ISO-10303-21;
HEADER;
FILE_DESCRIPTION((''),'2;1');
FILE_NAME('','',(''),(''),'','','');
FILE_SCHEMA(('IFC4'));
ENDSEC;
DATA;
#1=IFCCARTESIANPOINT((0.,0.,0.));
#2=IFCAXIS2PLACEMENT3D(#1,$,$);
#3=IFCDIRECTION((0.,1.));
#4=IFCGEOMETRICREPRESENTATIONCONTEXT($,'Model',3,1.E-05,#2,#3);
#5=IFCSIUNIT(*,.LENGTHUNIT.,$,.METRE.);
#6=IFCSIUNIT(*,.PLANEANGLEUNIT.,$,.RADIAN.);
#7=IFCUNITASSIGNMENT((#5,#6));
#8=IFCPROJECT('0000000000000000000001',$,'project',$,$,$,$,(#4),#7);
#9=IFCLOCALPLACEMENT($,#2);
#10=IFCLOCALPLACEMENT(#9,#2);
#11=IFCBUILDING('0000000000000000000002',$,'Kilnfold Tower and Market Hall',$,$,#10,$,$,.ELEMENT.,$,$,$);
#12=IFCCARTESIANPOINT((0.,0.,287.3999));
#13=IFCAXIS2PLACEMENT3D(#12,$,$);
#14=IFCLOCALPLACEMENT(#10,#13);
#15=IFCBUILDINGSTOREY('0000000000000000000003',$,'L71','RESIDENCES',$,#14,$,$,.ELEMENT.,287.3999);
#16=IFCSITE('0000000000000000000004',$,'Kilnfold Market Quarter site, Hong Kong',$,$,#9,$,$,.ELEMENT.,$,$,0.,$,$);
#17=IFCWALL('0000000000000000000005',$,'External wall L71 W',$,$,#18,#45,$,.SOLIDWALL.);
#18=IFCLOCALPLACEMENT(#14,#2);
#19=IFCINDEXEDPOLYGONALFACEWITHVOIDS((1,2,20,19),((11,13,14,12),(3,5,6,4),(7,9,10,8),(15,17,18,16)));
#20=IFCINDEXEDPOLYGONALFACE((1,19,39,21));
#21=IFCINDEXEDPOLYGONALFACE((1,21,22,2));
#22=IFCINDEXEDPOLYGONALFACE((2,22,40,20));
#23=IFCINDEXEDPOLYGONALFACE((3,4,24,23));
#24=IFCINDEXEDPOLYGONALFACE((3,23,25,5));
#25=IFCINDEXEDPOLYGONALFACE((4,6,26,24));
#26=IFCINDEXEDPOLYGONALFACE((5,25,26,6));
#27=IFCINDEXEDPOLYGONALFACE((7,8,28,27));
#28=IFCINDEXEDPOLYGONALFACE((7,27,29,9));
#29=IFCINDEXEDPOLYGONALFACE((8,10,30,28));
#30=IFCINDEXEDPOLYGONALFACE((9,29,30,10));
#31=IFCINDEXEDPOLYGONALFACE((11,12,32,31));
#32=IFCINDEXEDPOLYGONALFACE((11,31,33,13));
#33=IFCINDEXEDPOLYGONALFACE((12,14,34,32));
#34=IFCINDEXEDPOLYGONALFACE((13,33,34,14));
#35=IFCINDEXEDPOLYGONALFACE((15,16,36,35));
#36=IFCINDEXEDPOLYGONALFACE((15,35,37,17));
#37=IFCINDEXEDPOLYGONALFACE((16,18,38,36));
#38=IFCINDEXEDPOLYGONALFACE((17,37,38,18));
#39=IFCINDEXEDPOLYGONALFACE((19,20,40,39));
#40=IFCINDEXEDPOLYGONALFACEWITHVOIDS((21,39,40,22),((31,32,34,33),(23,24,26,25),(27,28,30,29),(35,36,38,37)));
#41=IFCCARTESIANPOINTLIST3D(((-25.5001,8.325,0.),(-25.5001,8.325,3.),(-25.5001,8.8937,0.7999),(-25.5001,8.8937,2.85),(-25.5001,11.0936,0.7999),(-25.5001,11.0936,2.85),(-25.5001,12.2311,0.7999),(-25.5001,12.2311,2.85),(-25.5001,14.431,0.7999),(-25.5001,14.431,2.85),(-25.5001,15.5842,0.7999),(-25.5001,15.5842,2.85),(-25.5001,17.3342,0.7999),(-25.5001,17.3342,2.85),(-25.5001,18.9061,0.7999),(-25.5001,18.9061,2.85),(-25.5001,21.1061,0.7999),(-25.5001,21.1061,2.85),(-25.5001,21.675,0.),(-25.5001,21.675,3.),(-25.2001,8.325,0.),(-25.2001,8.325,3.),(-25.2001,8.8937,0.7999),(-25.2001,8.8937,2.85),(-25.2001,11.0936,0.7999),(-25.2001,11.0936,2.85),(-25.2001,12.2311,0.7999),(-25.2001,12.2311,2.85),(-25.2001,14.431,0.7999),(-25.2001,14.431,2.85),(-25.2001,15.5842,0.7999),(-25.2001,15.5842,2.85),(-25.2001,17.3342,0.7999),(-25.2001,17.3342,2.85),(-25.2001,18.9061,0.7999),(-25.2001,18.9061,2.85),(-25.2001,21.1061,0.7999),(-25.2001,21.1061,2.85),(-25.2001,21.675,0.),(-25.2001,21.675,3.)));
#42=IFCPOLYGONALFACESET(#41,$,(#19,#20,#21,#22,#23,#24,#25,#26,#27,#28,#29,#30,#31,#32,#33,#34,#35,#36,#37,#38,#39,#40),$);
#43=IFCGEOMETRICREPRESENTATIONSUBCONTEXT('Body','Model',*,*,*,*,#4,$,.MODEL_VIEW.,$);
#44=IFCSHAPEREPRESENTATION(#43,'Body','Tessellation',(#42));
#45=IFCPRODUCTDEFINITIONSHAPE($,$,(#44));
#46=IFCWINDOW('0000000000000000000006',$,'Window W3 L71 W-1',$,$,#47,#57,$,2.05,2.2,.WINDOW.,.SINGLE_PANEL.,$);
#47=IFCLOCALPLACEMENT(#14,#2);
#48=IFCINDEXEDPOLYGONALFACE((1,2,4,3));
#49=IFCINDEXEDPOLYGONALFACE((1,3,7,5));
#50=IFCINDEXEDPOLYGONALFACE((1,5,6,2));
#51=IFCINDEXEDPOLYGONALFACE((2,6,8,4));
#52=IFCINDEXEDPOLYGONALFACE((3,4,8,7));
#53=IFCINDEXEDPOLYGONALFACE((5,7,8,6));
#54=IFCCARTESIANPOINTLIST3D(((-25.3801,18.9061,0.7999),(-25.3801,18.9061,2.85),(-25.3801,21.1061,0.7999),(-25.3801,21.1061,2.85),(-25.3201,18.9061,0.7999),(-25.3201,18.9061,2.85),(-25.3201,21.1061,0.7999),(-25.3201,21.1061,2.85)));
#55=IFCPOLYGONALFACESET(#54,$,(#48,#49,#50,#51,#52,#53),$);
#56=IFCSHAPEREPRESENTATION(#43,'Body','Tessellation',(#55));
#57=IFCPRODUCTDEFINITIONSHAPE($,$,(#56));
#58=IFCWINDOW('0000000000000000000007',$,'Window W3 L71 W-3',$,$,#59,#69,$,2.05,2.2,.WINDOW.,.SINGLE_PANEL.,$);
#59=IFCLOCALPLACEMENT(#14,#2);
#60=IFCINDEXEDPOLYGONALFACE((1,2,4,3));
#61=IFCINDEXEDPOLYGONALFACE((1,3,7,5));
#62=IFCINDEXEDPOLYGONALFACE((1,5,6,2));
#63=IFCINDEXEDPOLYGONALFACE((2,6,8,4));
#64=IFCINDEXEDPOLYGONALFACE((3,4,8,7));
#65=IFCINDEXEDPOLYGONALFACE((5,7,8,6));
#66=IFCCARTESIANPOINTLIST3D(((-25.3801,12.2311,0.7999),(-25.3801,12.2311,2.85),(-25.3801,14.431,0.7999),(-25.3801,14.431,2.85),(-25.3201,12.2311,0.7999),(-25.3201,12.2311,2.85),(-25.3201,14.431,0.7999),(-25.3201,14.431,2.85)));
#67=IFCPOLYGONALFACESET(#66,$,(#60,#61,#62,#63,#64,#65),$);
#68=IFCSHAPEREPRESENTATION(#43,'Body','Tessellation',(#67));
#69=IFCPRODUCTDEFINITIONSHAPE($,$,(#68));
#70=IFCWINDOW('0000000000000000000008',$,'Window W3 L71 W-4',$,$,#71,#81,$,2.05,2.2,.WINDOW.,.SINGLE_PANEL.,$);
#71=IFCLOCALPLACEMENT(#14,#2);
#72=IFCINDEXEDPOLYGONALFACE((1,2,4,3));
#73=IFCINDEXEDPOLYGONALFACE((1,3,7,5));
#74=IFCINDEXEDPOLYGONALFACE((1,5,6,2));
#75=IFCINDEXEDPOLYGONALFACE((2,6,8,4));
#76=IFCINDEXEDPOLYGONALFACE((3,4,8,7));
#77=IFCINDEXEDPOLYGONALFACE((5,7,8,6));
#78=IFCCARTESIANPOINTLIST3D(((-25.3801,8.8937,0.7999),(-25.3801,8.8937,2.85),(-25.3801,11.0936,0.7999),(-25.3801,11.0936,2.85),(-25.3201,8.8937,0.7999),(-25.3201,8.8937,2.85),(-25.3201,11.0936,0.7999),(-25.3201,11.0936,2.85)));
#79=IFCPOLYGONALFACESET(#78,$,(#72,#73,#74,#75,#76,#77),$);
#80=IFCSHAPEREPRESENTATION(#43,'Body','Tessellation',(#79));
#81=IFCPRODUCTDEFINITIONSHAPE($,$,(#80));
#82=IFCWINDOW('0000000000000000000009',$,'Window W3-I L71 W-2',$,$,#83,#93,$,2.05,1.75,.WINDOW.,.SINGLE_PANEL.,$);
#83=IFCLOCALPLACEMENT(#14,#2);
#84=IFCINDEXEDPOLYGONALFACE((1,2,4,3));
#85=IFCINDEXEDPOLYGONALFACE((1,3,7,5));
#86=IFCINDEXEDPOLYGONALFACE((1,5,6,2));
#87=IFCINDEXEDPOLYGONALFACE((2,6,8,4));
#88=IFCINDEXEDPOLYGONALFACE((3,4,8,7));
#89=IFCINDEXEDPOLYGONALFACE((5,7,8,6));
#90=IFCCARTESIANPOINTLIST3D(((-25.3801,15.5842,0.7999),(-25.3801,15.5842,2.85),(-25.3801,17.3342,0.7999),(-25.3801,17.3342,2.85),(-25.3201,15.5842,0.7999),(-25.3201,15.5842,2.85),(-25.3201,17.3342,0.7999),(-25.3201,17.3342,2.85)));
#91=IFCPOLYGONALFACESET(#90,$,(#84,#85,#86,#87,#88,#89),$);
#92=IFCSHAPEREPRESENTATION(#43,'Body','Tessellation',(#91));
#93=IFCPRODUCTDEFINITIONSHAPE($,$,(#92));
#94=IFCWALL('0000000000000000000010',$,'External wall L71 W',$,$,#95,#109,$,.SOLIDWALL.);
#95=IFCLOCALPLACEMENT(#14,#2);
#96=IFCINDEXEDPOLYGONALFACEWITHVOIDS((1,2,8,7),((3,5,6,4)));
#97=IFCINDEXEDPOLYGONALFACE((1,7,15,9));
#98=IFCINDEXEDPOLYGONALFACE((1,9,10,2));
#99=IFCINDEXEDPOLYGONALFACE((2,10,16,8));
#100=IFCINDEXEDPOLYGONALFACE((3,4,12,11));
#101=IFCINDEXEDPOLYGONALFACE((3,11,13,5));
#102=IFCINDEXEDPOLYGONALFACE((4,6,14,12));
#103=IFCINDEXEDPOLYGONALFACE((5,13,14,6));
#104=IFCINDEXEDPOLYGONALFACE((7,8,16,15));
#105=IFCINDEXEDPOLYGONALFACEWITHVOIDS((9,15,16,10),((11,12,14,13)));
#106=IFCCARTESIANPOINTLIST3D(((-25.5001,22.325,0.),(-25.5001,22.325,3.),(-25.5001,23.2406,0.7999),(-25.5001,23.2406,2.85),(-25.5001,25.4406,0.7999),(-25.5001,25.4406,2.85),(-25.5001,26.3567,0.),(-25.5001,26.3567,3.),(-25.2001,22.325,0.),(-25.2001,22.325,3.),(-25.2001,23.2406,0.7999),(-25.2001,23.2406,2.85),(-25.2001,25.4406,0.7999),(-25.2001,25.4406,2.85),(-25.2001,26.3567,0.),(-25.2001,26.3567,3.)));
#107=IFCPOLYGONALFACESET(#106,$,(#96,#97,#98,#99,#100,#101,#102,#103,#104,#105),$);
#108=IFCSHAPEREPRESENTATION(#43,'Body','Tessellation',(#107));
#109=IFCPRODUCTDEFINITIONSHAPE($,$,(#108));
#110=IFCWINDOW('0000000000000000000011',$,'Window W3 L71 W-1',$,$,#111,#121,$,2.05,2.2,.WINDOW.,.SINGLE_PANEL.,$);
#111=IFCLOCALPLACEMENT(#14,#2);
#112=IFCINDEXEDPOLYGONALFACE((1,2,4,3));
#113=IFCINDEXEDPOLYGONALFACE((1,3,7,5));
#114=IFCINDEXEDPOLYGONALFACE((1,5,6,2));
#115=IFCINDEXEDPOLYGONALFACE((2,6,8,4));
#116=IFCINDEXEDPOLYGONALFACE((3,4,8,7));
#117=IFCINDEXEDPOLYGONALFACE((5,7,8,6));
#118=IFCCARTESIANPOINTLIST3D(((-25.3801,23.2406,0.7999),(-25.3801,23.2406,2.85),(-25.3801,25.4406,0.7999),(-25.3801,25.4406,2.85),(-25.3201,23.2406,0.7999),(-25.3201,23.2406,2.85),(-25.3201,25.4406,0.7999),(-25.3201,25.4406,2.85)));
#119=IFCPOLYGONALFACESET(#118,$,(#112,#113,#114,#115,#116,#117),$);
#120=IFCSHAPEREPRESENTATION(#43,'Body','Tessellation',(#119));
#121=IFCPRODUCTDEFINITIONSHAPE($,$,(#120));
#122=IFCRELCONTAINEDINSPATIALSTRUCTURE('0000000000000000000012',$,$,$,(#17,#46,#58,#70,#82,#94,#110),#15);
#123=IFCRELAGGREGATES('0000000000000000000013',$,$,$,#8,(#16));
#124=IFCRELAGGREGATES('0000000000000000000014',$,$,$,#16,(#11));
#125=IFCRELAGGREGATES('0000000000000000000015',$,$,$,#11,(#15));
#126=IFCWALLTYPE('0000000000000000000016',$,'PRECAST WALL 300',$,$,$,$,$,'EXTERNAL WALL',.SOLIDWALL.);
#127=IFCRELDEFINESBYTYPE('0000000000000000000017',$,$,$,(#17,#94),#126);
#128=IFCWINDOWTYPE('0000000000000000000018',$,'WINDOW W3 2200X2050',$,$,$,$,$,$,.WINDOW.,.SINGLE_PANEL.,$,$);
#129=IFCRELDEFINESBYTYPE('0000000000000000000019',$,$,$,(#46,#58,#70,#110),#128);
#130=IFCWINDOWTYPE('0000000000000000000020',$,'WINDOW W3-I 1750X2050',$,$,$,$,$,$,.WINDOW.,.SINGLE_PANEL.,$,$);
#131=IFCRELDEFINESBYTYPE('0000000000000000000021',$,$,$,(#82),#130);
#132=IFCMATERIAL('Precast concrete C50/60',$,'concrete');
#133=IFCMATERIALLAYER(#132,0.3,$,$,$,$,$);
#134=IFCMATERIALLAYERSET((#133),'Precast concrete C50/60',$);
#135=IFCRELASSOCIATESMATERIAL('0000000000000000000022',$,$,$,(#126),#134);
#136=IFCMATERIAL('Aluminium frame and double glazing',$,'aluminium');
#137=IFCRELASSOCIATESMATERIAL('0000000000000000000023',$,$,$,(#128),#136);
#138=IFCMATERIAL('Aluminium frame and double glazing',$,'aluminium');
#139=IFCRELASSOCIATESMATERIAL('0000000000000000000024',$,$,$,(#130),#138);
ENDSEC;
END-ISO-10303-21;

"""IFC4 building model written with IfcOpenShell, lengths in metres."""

from ifc_helpers import new_model, si_unit, direction, frame, frame_2d, origin, place, context, subcontext, project, spatial, rectangle, extrude, source, transform, mapped, material, layer, layer_set, type_object, element, fill, save


model = new_model("IFC4")

# Units and contexts
model_context = context("Model", 3, precision=1e-05, world=origin(), true_north=direction((0.0, 1.0)))
body_context = subcontext(model_context, "Body", "Model", "MODEL_VIEW")
ifc_project = project(units=[si_unit("LENGTHUNIT", "METRE"), si_unit("PLANEANGLEUNIT", "RADIAN")], contexts=[model_context])

# Site, building, storey
site_placement = place(None, origin())
site = spatial("IfcSite", under=ifc_project, at=site_placement, Name="Kilnfold Market Quarter site, Hong Kong", CompositionType="ELEMENT", RefElevation=0.0)
building_placement = place(site_placement, origin())
building = spatial("IfcBuilding", under=site, at=building_placement, Name="Kilnfold Tower and Market Hall", CompositionType="ELEMENT")
storey_placement = place(building_placement, frame((0.0, 0.0, 287.3999)))
storey = spatial("IfcBuildingStorey", under=building, at=storey_placement, Name="L71", Description="RESIDENCES", CompositionType="ELEMENT", Elevation=287.3999)

# Shared definitions
ifc_material_1 = material(Name="Precast concrete C50/60", Category="concrete")
ifc_layer_1 = layer(ifc_material_1, 0.3)
ifc_layer_set_1 = layer_set([ifc_layer_1], Name="Precast concrete C50/60")
wall_type_1 = type_object("IfcWallType", Name="PRECAST WALL 300", ElementType="EXTERNAL WALL", PredefinedType="SOLIDWALL", material=ifc_layer_set_1)
ifc_material_2 = material(Name="Aluminium frame and double glazing", Category="aluminium")
window_type_1 = type_object("IfcWindowType", Name="WINDOW W3 2200X2050", PartitioningType="SINGLE_PANEL", PredefinedType="WINDOW", material=ifc_material_2)

# Wall, openings, windows
shared_shape_1 = source(origin(), body_context, "Body", "SweptSolid", [
    extrude(rectangle(XDim=13.3501, YDim=0.3, at=frame_2d((6.675, 0.0))), origin(), (0.0, 0.0, 1.0), 3.0),
])
wall_1_placement = place(storey_placement, frame((-25.3501, 21.675, 0.0), z_axis=(0.0, 0.0, 1.0), x_axis=(0.0, -1.0, 0.0)))
wall_1 = element("IfcWall", 1, at=wall_1_placement, inside=storey, type_object=wall_type_1, Name="External wall L71 W", PredefinedType="SOLIDWALL", context=body_context, shape_type="MappedRepresentation", body=[
    mapped(shared_shape_1, transform((0.0, 0.0, 0.0))),
])
opening_1_placement = place(wall_1_placement, frame((0.5688, 0.0, 0.8)))
opening_1 = element("IfcOpeningElement", 2, at=opening_1_placement, cuts=wall_1, PredefinedType="OPENING", context=body_context, shape_type="SweptSolid", body=[
    extrude(rectangle(XDim=2.2, YDim=2.05, at=frame_2d((1.1001, 1.0249))), frame((0.0, 0.1602, 0.0), z_axis=(0.0, -1.0, 0.0), x_axis=(1.0, 0.0, 0.0)), (0.0, 0.0, 1.0), 0.3201),
])
opening_2_placement = place(wall_1_placement, frame((4.3408, 0.0, 0.8)))
opening_2 = element("IfcOpeningElement", 3, at=opening_2_placement, cuts=wall_1, PredefinedType="OPENING", context=body_context, shape_type="SweptSolid", body=[
    extrude(rectangle(XDim=1.75, YDim=2.05, at=frame_2d((0.875, 1.0249))), frame((0.0, 0.1602, 0.0), z_axis=(0.0, -1.0, 0.0), x_axis=(1.0, 0.0, 0.0)), (0.0, 0.0, 1.0), 0.3201),
])
opening_3_placement = place(wall_1_placement, frame((7.2439, 0.0, 0.8)))
opening_3 = element("IfcOpeningElement", 4, at=opening_3_placement, cuts=wall_1, PredefinedType="OPENING", context=body_context, shape_type="SweptSolid", body=[
    extrude(rectangle(XDim=2.2, YDim=2.05, at=frame_2d((1.1001, 1.0249))), frame((0.0, 0.1602, 0.0), z_axis=(0.0, -1.0, 0.0), x_axis=(1.0, 0.0, 0.0)), (0.0, 0.0, 1.0), 0.3201),
])
opening_4_placement = place(wall_1_placement, frame((10.5813, 0.0, 0.8)))
opening_4 = element("IfcOpeningElement", 5, at=opening_4_placement, cuts=wall_1, PredefinedType="OPENING", context=body_context, shape_type="SweptSolid", body=[
    extrude(rectangle(XDim=2.2, YDim=2.05, at=frame_2d((1.1001, 1.0249))), frame((0.0, 0.1602, 0.0), z_axis=(0.0, -1.0, 0.0), x_axis=(1.0, 0.0, 0.0)), (0.0, 0.0, 1.0), 0.3201),
])
window_1_placement = place(opening_1_placement, origin())
window_1 = element("IfcWindow", 6, at=window_1_placement, inside=storey, type_object=window_type_1, Name="Window W3 L71 W-1", OverallHeight=2.05, OverallWidth=2.2, PartitioningType="SINGLE_PANEL", PredefinedType="WINDOW", context=body_context, shape_type="SweptSolid", body=[
    extrude(rectangle(XDim=2.2, YDim=2.05, at=frame_2d((1.1001, 1.0249))), frame((0.0, 0.03, 0.0), z_axis=(0.0, -1.0, 0.0), x_axis=(1.0, 0.0, 0.0)), (0.0, 0.0, 1.0), 0.0601),
])
fill(opening_1, window_1)
window_2_placement = place(opening_3_placement, origin())
window_2 = element("IfcWindow", 7, at=window_2_placement, inside=storey, type_object=window_type_1, Name="Window W3 L71 W-3", OverallHeight=2.05, OverallWidth=2.2, PartitioningType="SINGLE_PANEL", PredefinedType="WINDOW", context=body_context, shape_type="SweptSolid", body=[
    extrude(rectangle(XDim=2.2, YDim=2.05, at=frame_2d((1.1001, 1.0249))), frame((0.0, 0.03, 0.0), z_axis=(0.0, -1.0, 0.0), x_axis=(1.0, 0.0, 0.0)), (0.0, 0.0, 1.0), 0.0601),
])
fill(opening_3, window_2)
window_3_placement = place(opening_4_placement, origin())
window_3 = element("IfcWindow", 8, at=window_3_placement, inside=storey, type_object=window_type_1, Name="Window W3 L71 W-4", OverallHeight=2.05, OverallWidth=2.2, PartitioningType="SINGLE_PANEL", PredefinedType="WINDOW", context=body_context, shape_type="SweptSolid", body=[
    extrude(rectangle(XDim=2.2, YDim=2.05, at=frame_2d((1.1001, 1.0249))), frame((0.0, 0.03, 0.0), z_axis=(0.0, -1.0, 0.0), x_axis=(1.0, 0.0, 0.0)), (0.0, 0.0, 1.0), 0.0601),
])
fill(opening_4, window_3)
ifc_material_3 = material(Name="Aluminium frame and double glazing", Category="aluminium")
window_type_2 = type_object("IfcWindowType", Name="WINDOW W3-I 1750X2050", PartitioningType="SINGLE_PANEL", PredefinedType="WINDOW", material=ifc_material_3)
window_4_placement = place(opening_2_placement, origin())
window_4 = element("IfcWindow", 9, at=window_4_placement, inside=storey, type_object=window_type_2, Name="Window W3-I L71 W-2", OverallHeight=2.05, OverallWidth=1.75, PartitioningType="SINGLE_PANEL", PredefinedType="WINDOW", context=body_context, shape_type="SweptSolid", body=[
    extrude(rectangle(XDim=1.75, YDim=2.05, at=frame_2d((0.875, 1.0249))), frame((0.0, 0.03, 0.0), z_axis=(0.0, -1.0, 0.0), x_axis=(1.0, 0.0, 0.0)), (0.0, 0.0, 1.0), 0.0601),
])
fill(opening_2, window_4)

# Wall, opening, window
shared_shape_2 = source(origin(), body_context, "Body", "SweptSolid", [
    extrude(rectangle(XDim=4.0317, YDim=0.3, at=frame_2d((2.0159, 0.0))), origin(), (0.0, 0.0, 1.0), 3.0),
])
wall_2_placement = place(storey_placement, frame((-25.3501, 26.3567, 0.0), z_axis=(0.0, 0.0, 1.0), x_axis=(0.0, -1.0, 0.0)))
wall_2 = element("IfcWall", 10, at=wall_2_placement, inside=storey, type_object=wall_type_1, Name="External wall L71 W", PredefinedType="SOLIDWALL", context=body_context, shape_type="MappedRepresentation", body=[
    mapped(shared_shape_2, transform((0.0, 0.0, 0.0))),
])
opening_5_placement = place(wall_2_placement, frame((0.916, 0.0, 0.8)))
opening_5 = element("IfcOpeningElement", 11, at=opening_5_placement, cuts=wall_2, PredefinedType="OPENING", context=body_context, shape_type="SweptSolid", body=[
    extrude(rectangle(XDim=2.2, YDim=2.05, at=frame_2d((1.1001, 1.0249))), frame((0.0, 0.1602, 0.0), z_axis=(0.0, -1.0, 0.0), x_axis=(1.0, 0.0, 0.0)), (0.0, 0.0, 1.0), 0.3201),
])
window_5_placement = place(opening_5_placement, origin())
window_5 = element("IfcWindow", 12, at=window_5_placement, inside=storey, type_object=window_type_1, Name="Window W3 L71 W-1", OverallHeight=2.05, OverallWidth=2.2, PartitioningType="SINGLE_PANEL", PredefinedType="WINDOW", context=body_context, shape_type="SweptSolid", body=[
    extrude(rectangle(XDim=2.2, YDim=2.05, at=frame_2d((1.1001, 1.0249))), frame((0.0, 0.03, 0.0), z_axis=(0.0, -1.0, 0.0), x_axis=(1.0, 0.0, 0.0)), (0.0, 0.0, 1.0), 0.0601),
])
fill(opening_5, window_5)

save(model, "model.ifc")
